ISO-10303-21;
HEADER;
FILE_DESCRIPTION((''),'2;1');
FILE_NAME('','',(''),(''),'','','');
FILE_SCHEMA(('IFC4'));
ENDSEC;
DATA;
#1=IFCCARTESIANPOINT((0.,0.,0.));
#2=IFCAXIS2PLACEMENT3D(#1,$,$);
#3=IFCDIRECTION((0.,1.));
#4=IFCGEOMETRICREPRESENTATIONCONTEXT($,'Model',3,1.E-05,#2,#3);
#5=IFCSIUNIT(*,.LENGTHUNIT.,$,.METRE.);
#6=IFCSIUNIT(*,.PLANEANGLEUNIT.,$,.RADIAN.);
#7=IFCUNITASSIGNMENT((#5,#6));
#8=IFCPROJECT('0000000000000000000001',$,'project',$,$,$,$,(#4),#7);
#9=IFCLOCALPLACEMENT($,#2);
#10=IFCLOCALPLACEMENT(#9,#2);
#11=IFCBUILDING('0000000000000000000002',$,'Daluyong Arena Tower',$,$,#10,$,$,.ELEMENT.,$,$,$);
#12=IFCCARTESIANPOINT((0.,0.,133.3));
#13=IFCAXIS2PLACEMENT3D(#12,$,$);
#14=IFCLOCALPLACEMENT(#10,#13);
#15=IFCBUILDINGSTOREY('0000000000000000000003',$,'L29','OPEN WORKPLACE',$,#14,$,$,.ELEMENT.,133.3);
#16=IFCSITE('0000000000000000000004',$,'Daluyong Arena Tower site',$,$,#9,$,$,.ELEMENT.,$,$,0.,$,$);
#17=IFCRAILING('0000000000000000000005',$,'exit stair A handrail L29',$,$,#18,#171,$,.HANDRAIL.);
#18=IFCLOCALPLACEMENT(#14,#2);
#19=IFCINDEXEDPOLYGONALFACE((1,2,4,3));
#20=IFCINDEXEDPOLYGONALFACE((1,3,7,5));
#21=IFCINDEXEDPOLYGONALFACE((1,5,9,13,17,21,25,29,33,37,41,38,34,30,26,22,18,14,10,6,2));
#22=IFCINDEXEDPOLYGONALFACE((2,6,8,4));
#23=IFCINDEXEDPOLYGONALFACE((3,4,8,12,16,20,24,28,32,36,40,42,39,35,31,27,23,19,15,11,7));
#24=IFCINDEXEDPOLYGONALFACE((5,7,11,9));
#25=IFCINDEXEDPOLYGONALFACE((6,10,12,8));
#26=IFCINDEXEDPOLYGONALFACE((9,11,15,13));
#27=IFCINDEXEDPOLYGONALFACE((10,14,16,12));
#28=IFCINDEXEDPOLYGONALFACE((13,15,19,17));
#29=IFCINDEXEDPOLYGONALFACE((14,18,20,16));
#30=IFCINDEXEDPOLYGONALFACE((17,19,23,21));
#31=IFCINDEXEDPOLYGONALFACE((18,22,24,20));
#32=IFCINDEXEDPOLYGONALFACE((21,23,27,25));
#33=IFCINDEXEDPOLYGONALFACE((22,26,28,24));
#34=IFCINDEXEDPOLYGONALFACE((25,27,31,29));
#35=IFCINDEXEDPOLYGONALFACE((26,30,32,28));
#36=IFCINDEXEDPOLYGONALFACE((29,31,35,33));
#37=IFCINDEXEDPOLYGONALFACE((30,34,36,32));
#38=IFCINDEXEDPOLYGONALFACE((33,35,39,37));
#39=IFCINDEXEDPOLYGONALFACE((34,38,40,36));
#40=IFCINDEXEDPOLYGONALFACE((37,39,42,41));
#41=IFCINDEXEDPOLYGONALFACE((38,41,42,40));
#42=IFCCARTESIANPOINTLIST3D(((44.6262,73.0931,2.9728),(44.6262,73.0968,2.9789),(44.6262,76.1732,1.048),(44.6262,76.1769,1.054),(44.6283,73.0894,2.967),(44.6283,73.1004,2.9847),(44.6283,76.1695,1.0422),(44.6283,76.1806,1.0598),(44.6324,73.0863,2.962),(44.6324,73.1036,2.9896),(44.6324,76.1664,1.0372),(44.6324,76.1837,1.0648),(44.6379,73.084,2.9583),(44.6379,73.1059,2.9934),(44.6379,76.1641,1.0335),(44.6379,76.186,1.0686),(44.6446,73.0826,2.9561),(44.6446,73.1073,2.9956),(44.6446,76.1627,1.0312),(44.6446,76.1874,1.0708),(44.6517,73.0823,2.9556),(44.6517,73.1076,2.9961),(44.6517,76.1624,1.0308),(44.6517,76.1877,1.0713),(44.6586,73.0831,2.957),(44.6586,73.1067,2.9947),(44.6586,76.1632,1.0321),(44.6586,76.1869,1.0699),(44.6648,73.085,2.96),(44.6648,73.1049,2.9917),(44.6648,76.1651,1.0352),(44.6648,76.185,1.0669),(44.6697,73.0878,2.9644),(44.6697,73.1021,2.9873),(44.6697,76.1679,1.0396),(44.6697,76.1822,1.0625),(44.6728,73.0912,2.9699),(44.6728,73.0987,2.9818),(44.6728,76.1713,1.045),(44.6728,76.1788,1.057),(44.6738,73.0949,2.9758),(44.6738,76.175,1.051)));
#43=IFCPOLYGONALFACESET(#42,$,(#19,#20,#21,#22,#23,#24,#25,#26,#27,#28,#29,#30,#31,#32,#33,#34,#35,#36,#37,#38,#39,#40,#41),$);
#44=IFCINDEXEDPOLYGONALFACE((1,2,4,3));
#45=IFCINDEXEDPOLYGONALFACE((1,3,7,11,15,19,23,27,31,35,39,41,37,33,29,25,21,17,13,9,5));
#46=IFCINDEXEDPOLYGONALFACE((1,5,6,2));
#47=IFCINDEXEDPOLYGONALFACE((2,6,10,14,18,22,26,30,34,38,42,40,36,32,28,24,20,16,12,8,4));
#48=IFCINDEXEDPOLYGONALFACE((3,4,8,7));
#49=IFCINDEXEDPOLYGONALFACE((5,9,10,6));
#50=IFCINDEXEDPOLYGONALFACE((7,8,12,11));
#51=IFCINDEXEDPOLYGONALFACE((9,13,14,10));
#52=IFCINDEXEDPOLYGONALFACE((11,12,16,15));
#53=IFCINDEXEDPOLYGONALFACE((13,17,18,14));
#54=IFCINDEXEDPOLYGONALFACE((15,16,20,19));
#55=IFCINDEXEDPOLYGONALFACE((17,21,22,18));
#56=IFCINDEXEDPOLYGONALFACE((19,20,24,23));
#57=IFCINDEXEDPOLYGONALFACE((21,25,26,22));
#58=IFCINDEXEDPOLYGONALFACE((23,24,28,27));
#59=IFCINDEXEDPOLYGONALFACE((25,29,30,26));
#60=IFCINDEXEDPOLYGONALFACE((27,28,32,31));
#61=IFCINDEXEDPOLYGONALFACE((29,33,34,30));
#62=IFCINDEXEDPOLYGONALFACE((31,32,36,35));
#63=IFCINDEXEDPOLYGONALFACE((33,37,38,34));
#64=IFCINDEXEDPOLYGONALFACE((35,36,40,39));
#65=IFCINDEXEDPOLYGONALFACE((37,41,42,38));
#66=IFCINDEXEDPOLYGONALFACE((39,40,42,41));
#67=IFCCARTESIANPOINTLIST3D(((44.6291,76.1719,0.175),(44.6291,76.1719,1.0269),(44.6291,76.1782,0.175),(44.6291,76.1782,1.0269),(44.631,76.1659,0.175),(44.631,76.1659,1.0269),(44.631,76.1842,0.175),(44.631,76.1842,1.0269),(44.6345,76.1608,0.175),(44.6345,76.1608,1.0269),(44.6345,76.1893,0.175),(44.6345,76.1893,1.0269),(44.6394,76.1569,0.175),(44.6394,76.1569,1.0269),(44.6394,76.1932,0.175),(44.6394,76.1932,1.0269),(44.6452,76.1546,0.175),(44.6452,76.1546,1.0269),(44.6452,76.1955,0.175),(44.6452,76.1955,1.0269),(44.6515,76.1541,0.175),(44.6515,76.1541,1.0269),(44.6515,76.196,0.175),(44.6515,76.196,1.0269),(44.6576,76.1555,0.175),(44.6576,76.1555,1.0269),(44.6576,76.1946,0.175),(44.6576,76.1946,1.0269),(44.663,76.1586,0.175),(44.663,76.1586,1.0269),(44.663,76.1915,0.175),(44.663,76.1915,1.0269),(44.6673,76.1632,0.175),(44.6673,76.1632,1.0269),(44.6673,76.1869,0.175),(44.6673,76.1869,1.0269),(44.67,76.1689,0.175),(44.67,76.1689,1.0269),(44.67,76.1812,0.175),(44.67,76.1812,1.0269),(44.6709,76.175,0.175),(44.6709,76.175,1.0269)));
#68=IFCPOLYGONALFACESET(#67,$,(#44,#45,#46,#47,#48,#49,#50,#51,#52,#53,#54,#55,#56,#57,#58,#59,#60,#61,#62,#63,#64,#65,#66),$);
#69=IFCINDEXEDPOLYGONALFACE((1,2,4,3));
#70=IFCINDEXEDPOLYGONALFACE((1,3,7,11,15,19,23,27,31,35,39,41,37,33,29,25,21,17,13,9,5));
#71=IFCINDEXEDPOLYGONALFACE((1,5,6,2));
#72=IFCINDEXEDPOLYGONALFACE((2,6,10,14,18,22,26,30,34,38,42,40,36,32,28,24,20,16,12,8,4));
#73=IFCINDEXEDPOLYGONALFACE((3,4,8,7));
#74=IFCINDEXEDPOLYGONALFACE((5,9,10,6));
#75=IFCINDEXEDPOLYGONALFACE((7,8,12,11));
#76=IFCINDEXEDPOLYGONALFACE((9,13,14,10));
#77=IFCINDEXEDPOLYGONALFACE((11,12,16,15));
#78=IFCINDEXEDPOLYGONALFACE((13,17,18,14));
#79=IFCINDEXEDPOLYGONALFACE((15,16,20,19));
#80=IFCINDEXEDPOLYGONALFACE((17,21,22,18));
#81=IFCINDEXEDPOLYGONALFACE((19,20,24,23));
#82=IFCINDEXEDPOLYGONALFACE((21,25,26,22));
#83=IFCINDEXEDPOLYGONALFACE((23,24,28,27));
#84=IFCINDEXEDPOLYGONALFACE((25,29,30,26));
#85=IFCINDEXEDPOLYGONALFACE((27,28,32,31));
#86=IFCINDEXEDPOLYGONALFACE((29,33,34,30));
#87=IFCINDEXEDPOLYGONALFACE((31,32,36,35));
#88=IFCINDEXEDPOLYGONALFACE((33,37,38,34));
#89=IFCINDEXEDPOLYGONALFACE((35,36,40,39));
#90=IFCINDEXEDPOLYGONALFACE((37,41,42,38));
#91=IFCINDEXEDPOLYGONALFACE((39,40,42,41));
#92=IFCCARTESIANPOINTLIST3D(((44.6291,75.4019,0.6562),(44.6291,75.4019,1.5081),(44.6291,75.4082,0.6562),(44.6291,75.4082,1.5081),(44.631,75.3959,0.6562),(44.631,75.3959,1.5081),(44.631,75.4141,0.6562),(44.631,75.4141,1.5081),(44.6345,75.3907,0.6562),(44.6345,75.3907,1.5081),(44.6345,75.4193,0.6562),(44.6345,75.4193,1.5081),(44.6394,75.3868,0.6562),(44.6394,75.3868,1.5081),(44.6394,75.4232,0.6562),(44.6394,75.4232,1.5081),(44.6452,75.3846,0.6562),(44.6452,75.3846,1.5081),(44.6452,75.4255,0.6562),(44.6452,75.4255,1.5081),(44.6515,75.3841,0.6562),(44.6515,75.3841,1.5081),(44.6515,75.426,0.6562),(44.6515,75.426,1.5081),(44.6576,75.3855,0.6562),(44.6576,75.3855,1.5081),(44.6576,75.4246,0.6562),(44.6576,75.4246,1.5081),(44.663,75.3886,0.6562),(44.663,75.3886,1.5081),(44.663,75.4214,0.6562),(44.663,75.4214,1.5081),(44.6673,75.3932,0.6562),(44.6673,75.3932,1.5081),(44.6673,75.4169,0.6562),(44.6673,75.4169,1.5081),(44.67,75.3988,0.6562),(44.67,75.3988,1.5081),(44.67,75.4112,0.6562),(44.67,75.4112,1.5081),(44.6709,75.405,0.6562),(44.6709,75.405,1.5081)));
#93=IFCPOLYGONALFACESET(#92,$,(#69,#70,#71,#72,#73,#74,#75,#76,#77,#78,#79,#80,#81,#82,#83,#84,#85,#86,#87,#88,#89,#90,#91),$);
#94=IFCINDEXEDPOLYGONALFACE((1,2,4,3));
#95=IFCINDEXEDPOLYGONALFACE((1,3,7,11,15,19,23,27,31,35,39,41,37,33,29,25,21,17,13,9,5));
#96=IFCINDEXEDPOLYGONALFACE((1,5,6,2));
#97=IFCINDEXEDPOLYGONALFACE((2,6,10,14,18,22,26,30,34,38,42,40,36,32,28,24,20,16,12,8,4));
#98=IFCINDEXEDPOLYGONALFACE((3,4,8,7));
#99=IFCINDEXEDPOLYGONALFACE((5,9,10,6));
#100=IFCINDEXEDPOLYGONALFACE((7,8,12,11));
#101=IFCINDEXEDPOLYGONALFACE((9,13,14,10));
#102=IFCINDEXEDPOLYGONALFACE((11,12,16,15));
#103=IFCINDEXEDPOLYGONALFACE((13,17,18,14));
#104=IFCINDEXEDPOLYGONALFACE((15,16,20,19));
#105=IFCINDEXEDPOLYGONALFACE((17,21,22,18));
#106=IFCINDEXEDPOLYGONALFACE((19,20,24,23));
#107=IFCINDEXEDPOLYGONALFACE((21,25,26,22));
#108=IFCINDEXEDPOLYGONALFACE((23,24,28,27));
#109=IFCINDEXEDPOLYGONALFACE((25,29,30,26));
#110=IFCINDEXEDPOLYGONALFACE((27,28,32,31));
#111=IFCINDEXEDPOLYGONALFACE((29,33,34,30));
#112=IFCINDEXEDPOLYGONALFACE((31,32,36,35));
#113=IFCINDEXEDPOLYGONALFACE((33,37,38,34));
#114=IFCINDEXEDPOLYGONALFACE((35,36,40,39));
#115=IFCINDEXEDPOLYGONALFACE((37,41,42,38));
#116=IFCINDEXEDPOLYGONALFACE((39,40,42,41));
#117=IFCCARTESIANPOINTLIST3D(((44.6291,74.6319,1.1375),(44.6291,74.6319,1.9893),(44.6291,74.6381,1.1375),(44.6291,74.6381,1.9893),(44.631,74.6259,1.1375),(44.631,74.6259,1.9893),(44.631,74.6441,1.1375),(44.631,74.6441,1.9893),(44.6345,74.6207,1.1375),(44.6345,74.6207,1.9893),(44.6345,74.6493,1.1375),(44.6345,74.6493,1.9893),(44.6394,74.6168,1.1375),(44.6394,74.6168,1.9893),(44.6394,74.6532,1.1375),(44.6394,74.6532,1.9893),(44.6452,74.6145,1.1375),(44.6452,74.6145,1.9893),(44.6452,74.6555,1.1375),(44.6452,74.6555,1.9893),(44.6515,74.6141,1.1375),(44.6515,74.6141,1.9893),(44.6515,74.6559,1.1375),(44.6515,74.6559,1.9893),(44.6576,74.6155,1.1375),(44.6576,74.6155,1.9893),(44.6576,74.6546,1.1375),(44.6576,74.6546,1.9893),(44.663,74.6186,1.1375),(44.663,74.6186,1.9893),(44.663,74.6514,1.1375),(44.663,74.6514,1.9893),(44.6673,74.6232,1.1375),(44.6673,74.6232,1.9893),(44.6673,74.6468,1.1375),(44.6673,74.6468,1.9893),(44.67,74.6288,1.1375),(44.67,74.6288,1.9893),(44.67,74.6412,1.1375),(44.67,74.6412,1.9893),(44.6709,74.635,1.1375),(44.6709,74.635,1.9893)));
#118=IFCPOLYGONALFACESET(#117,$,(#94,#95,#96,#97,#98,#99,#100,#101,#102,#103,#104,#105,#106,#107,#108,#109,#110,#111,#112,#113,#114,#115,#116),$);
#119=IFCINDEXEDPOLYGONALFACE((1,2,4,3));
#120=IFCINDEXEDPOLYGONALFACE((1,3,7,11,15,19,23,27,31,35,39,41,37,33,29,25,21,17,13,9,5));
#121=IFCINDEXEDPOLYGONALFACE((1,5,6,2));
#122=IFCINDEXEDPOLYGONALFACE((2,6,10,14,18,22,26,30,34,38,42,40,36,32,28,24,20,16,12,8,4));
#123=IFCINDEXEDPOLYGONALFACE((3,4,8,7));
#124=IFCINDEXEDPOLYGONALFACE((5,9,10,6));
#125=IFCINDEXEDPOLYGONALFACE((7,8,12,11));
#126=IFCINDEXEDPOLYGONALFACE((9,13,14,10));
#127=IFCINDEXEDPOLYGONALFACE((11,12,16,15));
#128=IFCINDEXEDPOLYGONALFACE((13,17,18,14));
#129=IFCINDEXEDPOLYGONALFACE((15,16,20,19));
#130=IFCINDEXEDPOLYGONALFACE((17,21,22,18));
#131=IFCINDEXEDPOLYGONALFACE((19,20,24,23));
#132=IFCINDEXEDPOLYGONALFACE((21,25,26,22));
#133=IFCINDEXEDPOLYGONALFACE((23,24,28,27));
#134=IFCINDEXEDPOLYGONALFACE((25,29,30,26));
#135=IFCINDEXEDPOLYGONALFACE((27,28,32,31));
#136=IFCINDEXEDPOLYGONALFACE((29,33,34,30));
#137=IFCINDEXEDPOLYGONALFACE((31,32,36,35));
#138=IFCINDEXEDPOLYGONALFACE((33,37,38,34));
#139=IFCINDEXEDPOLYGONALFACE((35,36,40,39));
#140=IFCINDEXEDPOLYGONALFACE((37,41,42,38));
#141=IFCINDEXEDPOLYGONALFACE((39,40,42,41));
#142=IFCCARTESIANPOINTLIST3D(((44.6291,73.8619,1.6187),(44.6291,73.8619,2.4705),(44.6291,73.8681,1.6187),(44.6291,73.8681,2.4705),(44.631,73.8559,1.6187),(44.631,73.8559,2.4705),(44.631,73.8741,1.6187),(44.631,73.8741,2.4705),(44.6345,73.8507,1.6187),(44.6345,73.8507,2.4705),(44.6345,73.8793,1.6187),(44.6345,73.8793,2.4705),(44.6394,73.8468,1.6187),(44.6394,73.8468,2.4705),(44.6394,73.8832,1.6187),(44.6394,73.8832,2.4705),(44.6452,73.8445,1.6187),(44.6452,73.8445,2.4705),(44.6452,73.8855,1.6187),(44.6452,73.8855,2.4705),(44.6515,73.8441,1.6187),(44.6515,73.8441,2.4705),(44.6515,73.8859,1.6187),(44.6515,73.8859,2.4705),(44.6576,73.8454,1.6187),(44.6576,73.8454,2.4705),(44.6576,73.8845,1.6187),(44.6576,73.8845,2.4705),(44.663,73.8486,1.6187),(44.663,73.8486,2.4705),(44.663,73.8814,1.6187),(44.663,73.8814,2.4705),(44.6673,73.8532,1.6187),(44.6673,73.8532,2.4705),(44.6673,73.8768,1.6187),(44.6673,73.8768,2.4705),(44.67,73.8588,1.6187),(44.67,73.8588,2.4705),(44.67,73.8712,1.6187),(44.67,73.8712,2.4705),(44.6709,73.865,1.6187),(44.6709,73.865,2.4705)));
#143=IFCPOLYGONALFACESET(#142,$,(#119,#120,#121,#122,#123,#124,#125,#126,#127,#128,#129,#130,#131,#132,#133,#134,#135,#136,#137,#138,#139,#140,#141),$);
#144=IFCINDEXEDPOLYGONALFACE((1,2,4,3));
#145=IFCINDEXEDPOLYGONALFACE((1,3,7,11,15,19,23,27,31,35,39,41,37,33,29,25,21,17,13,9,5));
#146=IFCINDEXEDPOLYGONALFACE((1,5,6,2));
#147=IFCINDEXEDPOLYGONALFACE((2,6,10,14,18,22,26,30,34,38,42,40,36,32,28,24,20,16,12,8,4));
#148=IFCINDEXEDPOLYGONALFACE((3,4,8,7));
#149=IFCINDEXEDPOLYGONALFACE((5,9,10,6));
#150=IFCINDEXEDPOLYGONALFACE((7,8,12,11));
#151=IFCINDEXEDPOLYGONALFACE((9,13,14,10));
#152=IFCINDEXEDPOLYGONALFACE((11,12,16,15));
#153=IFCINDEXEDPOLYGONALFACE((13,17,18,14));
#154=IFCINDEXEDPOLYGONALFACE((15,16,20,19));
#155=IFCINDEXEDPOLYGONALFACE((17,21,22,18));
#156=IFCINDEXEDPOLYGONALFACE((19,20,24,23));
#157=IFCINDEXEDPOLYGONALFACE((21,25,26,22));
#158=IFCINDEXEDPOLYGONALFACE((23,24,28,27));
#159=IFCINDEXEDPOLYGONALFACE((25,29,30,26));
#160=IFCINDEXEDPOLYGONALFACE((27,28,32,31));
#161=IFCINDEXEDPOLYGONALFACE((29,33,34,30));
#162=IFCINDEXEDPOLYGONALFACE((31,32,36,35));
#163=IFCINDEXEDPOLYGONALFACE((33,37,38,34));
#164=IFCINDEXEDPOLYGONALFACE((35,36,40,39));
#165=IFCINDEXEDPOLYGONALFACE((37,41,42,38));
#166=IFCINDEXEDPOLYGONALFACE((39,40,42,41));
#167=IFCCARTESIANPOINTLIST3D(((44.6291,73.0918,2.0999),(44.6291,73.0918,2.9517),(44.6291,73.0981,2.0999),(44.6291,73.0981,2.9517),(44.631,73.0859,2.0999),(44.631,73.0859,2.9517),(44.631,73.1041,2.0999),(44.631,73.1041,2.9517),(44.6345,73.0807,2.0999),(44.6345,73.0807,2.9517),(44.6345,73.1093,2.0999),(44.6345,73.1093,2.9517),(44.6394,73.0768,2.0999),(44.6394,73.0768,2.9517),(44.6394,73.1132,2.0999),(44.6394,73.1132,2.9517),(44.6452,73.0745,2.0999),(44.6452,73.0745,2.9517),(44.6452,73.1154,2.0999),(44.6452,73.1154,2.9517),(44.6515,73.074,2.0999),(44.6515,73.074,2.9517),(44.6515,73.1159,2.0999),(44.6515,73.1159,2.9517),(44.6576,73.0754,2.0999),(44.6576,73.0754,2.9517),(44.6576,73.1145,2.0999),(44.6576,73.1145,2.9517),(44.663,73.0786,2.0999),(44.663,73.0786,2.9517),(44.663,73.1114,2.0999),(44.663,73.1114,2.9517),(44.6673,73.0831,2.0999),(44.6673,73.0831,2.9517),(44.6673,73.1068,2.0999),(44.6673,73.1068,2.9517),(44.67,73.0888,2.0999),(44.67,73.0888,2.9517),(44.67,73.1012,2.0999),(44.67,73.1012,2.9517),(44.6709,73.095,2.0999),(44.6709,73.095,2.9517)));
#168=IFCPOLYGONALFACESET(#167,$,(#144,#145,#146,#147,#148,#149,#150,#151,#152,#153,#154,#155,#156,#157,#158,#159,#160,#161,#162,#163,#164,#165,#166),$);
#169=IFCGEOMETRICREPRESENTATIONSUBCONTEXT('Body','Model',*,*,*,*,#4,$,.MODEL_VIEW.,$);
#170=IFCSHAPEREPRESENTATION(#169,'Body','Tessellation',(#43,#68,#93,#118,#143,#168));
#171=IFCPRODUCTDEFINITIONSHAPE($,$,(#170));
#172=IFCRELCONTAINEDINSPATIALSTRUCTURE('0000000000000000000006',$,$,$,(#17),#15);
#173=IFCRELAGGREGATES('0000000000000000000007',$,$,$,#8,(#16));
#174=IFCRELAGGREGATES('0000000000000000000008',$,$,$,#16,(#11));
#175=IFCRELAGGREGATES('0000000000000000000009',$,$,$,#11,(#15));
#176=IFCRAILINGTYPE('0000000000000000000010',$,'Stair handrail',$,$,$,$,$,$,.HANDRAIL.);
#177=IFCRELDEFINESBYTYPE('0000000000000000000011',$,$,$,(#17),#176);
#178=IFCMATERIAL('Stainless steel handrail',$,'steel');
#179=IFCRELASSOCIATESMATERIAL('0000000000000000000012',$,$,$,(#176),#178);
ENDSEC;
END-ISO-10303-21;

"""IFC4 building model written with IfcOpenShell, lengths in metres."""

from ifc_helpers import new_model, si_unit, direction, frame, origin, origin_2d, place, context, subcontext, project, spatial, circle, extrude, material, type_object, element, save


model = new_model("IFC4")

# Units and contexts
model_context = context("Model", 3, precision=1e-05, world=origin(), true_north=direction((0.0, 1.0)))
body_context = subcontext(model_context, "Body", "Model", "MODEL_VIEW")
ifc_project = project(units=[si_unit("LENGTHUNIT", "METRE"), si_unit("PLANEANGLEUNIT", "RADIAN")], contexts=[model_context])

# Site, building, storey
site_placement = place(None, origin())
site = spatial("IfcSite", under=ifc_project, at=site_placement, Name="Daluyong Arena Tower site", CompositionType="ELEMENT", RefElevation=0.0)
building_placement = place(site_placement, origin())
building = spatial("IfcBuilding", under=site, at=building_placement, Name="Daluyong Arena Tower", CompositionType="ELEMENT")
storey_placement = place(building_placement, frame((0.0, 0.0, 133.3)))
storey = spatial("IfcBuildingStorey", under=building, at=storey_placement, Name="L29", Description="OPEN WORKPLACE", CompositionType="ELEMENT", Elevation=133.3)

# Railing
ifc_material_1 = material(Name="Stainless steel handrail", Category="steel")
railing_type_1 = type_object("IfcRailingType", Name="Stair handrail", PredefinedType="HANDRAIL", material=ifc_material_1)
railing_1_placement = place(storey_placement, frame((44.6499, 76.175, 0.175)))
element("IfcRailing", 1, at=railing_1_placement, inside=storey, type_object=railing_type_1, Name="exit stair A handrail L29", PredefinedType="HANDRAIL", context=body_context, shape_type="SweptSolid", body=[
    extrude(circle(Radius=0.0239, at=origin_2d()), frame((0.0, 0.0, 0.876), z_axis=(0.0, -0.848029, 0.529951), x_axis=(1.0, 0.0, 0.0)), (0.0, 0.0, 1.0), 3.6321),
    extrude(circle(Radius=0.021, at=origin_2d()), origin(), (0.0, 0.0, 1.0), 0.8518),
    extrude(circle(Radius=0.021, at=origin_2d()), frame((0.0, -0.77, 0.4812)), (0.0, 0.0, 1.0), 0.8518),
    extrude(circle(Radius=0.021, at=origin_2d()), frame((0.0, -1.54, 0.9624)), (0.0, 0.0, 1.0), 0.8518),
    extrude(circle(Radius=0.021, at=origin_2d()), frame((0.0, -2.3101, 1.4436)), (0.0, 0.0, 1.0), 0.8518),
    extrude(circle(Radius=0.021, at=origin_2d()), frame((0.0, -3.0801, 1.9248)), (0.0, 0.0, 1.0), 0.8518),
])

save(model, "model.ifc")
